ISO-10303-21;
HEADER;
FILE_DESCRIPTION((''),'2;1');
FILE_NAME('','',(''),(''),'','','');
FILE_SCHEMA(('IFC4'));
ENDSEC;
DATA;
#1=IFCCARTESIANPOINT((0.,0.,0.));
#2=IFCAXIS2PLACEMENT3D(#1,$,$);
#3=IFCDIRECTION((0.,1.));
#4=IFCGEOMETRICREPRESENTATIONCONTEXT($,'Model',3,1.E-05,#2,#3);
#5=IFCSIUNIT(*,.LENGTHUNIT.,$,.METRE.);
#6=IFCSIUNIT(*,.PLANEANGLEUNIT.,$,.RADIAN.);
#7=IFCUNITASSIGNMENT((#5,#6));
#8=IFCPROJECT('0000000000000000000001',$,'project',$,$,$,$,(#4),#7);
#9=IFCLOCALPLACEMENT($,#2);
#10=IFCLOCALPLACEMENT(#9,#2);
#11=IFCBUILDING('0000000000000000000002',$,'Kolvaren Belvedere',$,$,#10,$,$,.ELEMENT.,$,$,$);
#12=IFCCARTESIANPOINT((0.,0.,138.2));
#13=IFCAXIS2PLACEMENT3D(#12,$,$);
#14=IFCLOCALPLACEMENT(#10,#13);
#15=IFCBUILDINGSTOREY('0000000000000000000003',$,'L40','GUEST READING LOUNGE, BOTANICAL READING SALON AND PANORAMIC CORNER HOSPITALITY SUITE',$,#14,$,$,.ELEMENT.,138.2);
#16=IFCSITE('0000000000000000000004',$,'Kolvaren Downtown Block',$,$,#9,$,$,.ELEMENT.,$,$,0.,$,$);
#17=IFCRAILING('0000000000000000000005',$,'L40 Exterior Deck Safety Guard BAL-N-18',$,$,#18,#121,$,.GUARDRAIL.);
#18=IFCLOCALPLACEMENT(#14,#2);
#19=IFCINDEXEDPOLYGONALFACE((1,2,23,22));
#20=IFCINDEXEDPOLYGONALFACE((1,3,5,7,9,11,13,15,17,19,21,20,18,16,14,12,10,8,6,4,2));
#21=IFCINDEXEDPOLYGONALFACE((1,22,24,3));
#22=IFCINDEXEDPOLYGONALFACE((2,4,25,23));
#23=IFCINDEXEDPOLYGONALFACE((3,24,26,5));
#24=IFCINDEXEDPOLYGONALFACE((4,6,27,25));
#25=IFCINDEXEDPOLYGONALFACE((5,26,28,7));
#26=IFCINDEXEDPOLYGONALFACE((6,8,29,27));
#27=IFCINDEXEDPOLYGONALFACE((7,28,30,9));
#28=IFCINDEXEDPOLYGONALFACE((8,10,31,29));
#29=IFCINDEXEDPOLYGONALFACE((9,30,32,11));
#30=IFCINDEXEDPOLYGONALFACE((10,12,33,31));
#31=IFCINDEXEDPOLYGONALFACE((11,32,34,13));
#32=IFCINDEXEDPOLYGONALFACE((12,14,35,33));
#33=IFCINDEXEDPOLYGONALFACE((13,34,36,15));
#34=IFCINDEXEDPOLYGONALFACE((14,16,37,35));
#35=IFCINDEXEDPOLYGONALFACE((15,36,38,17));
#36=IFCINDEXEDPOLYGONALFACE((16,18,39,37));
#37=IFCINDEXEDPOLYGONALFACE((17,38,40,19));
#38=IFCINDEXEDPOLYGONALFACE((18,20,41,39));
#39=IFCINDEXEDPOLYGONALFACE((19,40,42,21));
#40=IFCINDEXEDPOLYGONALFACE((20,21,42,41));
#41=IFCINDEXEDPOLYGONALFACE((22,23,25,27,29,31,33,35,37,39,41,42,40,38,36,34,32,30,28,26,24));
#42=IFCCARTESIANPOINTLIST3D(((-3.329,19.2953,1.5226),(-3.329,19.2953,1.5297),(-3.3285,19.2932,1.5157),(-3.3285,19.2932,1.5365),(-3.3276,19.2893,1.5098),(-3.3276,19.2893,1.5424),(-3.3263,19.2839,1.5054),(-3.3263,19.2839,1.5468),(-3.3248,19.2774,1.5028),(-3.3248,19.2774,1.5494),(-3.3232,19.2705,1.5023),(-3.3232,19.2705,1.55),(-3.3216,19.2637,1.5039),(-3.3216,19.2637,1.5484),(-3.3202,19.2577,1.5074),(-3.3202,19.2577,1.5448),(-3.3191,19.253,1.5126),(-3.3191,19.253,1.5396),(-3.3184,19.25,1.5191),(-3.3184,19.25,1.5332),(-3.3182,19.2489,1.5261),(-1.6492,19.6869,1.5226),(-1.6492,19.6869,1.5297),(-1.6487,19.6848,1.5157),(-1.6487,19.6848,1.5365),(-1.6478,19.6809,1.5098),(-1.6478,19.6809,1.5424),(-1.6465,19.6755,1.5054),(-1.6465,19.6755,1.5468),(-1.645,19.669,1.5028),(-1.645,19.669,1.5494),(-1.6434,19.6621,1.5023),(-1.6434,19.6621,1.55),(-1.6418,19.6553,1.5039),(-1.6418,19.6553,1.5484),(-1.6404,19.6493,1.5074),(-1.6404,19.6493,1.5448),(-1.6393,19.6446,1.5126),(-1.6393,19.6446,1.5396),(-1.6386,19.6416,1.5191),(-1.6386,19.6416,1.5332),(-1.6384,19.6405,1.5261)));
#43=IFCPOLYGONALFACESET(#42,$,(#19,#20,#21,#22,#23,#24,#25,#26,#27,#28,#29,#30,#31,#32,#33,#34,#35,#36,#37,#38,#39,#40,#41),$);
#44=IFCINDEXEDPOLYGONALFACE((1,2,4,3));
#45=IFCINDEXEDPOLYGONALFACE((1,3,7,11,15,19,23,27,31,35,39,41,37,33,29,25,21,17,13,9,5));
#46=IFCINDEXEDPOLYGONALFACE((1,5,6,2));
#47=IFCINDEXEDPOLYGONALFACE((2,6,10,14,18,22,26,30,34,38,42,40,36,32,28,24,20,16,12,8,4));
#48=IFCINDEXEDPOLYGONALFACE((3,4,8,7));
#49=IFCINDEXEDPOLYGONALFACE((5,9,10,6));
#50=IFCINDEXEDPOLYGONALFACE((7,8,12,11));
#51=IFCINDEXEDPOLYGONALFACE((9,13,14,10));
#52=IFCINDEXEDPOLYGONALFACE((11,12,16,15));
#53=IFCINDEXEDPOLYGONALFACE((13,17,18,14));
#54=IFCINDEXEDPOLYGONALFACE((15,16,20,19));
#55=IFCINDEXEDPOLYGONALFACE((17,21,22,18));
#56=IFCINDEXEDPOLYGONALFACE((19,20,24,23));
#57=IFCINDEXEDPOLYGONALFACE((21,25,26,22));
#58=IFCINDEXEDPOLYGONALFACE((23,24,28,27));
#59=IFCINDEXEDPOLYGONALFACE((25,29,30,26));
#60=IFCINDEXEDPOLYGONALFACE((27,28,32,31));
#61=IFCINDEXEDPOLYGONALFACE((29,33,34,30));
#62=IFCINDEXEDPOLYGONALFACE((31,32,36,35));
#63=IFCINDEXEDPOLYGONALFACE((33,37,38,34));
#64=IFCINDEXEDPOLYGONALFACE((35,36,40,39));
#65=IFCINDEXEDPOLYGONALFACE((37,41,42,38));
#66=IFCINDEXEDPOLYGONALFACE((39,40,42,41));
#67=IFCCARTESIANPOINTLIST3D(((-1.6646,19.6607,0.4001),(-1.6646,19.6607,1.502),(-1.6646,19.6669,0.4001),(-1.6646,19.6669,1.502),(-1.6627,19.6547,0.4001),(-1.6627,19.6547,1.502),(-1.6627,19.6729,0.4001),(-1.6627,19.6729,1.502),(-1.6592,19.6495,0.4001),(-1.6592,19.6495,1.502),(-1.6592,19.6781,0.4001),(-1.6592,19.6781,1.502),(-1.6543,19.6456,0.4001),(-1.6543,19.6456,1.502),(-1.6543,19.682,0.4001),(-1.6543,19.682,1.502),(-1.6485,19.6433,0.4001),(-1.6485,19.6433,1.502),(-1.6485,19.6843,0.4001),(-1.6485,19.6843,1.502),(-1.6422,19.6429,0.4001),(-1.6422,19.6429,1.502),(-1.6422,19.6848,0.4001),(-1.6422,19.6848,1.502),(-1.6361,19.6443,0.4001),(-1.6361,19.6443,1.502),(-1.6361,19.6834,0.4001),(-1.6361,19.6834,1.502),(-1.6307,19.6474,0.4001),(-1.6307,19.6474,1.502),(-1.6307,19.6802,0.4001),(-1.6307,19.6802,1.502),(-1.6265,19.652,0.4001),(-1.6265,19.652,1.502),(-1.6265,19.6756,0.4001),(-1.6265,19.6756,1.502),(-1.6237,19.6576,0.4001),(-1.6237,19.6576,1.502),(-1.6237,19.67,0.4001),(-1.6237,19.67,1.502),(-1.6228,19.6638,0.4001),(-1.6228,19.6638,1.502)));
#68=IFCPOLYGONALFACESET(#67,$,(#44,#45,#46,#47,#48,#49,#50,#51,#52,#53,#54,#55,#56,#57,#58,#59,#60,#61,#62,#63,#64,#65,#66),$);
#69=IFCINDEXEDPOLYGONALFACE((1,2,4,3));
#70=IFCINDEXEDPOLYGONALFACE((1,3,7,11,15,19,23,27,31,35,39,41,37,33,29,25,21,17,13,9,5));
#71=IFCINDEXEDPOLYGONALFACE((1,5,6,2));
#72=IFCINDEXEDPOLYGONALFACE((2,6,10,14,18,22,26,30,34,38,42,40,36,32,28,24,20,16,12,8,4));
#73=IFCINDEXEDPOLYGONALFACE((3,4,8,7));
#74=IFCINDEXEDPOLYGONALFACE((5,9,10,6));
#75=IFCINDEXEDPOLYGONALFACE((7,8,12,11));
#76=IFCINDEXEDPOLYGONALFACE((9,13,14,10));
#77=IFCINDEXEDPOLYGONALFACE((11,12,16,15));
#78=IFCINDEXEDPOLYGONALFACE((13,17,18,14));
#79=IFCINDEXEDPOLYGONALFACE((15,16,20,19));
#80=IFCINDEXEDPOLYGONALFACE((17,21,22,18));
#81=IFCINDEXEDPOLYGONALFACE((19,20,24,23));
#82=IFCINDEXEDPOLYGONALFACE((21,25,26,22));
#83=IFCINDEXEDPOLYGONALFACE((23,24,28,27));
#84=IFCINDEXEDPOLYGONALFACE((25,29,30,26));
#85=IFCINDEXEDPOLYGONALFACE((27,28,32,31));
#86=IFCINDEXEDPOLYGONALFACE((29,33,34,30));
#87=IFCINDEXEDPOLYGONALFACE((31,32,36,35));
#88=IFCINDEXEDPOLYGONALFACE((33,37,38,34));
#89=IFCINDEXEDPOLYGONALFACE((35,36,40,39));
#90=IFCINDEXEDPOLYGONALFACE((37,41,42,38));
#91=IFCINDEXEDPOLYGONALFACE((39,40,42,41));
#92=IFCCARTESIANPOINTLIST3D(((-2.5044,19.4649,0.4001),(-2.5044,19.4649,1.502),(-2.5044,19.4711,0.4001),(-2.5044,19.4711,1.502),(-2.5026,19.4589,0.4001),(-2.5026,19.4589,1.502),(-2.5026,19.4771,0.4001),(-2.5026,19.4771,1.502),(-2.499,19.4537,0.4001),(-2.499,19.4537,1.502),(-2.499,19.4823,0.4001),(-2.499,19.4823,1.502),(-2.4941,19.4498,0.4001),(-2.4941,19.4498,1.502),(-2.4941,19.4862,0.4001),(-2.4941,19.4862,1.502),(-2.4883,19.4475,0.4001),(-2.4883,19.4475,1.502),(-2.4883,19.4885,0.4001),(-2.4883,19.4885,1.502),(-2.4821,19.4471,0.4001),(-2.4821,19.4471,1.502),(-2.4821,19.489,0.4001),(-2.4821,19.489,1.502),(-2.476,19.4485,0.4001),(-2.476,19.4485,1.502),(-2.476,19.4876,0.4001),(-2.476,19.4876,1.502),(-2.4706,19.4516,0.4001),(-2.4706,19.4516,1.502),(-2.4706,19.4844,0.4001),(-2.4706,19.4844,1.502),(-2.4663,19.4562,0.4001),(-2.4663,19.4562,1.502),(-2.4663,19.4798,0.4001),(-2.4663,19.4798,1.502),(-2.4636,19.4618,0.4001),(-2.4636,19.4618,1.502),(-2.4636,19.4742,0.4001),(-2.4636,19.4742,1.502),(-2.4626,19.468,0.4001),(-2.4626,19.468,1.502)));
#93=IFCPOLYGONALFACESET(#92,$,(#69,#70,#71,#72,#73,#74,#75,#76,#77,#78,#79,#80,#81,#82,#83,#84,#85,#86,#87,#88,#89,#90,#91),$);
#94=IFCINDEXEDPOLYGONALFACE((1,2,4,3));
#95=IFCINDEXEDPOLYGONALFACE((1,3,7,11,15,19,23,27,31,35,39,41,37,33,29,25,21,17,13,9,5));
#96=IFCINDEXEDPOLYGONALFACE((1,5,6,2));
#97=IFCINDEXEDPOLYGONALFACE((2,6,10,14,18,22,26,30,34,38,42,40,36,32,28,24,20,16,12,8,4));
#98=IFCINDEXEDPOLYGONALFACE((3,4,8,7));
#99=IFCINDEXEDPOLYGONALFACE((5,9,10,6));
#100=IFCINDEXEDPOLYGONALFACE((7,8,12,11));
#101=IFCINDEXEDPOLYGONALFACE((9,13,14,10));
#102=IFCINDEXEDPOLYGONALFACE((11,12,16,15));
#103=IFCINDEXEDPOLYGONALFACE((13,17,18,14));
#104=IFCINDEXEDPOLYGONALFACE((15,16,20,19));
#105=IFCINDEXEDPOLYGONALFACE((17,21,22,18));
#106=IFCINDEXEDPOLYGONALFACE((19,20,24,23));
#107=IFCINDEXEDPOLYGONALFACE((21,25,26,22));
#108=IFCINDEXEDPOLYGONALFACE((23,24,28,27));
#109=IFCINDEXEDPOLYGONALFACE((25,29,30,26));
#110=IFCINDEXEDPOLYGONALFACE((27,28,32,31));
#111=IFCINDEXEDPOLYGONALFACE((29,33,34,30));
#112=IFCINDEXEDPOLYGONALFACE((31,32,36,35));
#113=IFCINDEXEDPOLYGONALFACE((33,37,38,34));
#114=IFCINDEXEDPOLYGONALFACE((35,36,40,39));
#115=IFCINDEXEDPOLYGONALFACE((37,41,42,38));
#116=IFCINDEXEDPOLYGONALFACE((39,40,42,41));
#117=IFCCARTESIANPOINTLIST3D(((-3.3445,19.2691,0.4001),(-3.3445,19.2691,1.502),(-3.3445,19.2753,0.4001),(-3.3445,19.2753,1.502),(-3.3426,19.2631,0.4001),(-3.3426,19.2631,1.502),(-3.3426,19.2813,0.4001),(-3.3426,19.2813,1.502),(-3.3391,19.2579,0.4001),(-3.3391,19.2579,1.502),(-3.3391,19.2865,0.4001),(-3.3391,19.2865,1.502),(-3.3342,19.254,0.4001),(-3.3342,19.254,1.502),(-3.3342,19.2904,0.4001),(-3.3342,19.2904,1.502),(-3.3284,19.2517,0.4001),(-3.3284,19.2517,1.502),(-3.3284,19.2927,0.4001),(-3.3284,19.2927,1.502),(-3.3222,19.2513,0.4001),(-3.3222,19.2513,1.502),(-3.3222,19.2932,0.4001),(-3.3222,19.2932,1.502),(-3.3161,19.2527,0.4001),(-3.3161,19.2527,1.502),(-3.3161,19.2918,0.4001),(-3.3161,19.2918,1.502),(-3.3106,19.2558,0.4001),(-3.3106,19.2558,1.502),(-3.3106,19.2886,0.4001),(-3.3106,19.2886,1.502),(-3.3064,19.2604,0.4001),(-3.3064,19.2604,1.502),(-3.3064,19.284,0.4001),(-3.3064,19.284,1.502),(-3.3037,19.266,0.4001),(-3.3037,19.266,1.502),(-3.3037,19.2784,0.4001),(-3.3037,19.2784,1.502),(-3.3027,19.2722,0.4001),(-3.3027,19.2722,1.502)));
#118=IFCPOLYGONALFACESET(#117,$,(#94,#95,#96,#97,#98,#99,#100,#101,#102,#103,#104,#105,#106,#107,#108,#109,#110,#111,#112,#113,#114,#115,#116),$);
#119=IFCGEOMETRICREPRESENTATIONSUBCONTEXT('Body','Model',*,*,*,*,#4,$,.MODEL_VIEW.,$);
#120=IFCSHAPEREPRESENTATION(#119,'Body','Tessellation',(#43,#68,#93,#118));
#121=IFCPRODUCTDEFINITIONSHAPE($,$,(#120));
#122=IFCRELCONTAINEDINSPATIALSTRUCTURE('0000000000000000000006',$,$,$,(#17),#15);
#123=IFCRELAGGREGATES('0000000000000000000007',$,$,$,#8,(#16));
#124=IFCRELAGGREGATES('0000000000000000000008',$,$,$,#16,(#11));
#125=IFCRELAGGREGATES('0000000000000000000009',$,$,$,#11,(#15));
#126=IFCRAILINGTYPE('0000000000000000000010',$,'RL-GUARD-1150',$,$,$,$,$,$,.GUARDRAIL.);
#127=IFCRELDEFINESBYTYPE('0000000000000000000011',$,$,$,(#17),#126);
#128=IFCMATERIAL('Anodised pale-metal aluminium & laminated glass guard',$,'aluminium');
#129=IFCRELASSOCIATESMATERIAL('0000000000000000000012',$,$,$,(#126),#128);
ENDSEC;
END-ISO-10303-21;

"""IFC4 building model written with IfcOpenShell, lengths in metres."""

from ifc_helpers import new_model, si_unit, direction, frame, origin, origin_2d, place, context, subcontext, project, spatial, circle, extrude, material, type_object, element, save


model = new_model("IFC4")

# Units and contexts
model_context = context("Model", 3, precision=1e-05, world=origin(), true_north=direction((0.0, 1.0)))
body_context = subcontext(model_context, "Body", "Model", "MODEL_VIEW")
ifc_project = project(units=[si_unit("LENGTHUNIT", "METRE"), si_unit("PLANEANGLEUNIT", "RADIAN")], contexts=[model_context])

# Site, building, storey
site_placement = place(None, origin())
site = spatial("IfcSite", under=ifc_project, at=site_placement, Name="Kolvaren Downtown Block", CompositionType="ELEMENT", RefElevation=0.0)
building_placement = place(site_placement, origin())
building = spatial("IfcBuilding", under=site, at=building_placement, Name="Kolvaren Belvedere", CompositionType="ELEMENT")
storey_placement = place(building_placement, frame((0.0, 0.0, 138.2)))
storey = spatial("IfcBuildingStorey", under=building, at=storey_placement, Name="L40", Description="GUEST READING LOUNGE, BOTANICAL READING SALON AND PANORAMIC CORNER HOSPITALITY SUITE", CompositionType="ELEMENT", Elevation=138.2)

# Railing
ifc_material_1 = material(Name="Anodised pale-metal aluminium & laminated glass guard", Category="aluminium")
railing_type = type_object("IfcRailingType", Name="RL-GUARD-1150", PredefinedType="GUARDRAIL", material=ifc_material_1)
railing_1_placement = place(storey_placement, frame((-1.6438, 19.6638, 0.4001)))
element("IfcRailing", 1, at=railing_1_placement, inside=storey, type_object=railing_type, Name="L40 Exterior Deck Safety Guard BAL-N-18", PredefinedType="GUARDRAIL", context=body_context, shape_type="SweptSolid", body=[
    extrude(circle(Radius=0.0239, at=origin_2d()), frame((0.0, 0.0, 1.126), z_axis=(-0.97389, -0.227019, 0.0), x_axis=(0.227019, -0.97389, 0.0)), (0.0, 0.0, 1.0), 1.7249),
    extrude(circle(Radius=0.021, at=origin_2d()), origin(), (0.0, 0.0, 1.0), 1.1018),
    extrude(circle(Radius=0.021, at=origin_2d()), frame((-0.8398, -0.1958, 0.0)), (0.0, 0.0, 1.0), 1.1018),
    extrude(circle(Radius=0.021, at=origin_2d()), frame((-1.6799, -0.3916, 0.0)), (0.0, 0.0, 1.0), 1.1018),
])

save(model, "model.ifc")
